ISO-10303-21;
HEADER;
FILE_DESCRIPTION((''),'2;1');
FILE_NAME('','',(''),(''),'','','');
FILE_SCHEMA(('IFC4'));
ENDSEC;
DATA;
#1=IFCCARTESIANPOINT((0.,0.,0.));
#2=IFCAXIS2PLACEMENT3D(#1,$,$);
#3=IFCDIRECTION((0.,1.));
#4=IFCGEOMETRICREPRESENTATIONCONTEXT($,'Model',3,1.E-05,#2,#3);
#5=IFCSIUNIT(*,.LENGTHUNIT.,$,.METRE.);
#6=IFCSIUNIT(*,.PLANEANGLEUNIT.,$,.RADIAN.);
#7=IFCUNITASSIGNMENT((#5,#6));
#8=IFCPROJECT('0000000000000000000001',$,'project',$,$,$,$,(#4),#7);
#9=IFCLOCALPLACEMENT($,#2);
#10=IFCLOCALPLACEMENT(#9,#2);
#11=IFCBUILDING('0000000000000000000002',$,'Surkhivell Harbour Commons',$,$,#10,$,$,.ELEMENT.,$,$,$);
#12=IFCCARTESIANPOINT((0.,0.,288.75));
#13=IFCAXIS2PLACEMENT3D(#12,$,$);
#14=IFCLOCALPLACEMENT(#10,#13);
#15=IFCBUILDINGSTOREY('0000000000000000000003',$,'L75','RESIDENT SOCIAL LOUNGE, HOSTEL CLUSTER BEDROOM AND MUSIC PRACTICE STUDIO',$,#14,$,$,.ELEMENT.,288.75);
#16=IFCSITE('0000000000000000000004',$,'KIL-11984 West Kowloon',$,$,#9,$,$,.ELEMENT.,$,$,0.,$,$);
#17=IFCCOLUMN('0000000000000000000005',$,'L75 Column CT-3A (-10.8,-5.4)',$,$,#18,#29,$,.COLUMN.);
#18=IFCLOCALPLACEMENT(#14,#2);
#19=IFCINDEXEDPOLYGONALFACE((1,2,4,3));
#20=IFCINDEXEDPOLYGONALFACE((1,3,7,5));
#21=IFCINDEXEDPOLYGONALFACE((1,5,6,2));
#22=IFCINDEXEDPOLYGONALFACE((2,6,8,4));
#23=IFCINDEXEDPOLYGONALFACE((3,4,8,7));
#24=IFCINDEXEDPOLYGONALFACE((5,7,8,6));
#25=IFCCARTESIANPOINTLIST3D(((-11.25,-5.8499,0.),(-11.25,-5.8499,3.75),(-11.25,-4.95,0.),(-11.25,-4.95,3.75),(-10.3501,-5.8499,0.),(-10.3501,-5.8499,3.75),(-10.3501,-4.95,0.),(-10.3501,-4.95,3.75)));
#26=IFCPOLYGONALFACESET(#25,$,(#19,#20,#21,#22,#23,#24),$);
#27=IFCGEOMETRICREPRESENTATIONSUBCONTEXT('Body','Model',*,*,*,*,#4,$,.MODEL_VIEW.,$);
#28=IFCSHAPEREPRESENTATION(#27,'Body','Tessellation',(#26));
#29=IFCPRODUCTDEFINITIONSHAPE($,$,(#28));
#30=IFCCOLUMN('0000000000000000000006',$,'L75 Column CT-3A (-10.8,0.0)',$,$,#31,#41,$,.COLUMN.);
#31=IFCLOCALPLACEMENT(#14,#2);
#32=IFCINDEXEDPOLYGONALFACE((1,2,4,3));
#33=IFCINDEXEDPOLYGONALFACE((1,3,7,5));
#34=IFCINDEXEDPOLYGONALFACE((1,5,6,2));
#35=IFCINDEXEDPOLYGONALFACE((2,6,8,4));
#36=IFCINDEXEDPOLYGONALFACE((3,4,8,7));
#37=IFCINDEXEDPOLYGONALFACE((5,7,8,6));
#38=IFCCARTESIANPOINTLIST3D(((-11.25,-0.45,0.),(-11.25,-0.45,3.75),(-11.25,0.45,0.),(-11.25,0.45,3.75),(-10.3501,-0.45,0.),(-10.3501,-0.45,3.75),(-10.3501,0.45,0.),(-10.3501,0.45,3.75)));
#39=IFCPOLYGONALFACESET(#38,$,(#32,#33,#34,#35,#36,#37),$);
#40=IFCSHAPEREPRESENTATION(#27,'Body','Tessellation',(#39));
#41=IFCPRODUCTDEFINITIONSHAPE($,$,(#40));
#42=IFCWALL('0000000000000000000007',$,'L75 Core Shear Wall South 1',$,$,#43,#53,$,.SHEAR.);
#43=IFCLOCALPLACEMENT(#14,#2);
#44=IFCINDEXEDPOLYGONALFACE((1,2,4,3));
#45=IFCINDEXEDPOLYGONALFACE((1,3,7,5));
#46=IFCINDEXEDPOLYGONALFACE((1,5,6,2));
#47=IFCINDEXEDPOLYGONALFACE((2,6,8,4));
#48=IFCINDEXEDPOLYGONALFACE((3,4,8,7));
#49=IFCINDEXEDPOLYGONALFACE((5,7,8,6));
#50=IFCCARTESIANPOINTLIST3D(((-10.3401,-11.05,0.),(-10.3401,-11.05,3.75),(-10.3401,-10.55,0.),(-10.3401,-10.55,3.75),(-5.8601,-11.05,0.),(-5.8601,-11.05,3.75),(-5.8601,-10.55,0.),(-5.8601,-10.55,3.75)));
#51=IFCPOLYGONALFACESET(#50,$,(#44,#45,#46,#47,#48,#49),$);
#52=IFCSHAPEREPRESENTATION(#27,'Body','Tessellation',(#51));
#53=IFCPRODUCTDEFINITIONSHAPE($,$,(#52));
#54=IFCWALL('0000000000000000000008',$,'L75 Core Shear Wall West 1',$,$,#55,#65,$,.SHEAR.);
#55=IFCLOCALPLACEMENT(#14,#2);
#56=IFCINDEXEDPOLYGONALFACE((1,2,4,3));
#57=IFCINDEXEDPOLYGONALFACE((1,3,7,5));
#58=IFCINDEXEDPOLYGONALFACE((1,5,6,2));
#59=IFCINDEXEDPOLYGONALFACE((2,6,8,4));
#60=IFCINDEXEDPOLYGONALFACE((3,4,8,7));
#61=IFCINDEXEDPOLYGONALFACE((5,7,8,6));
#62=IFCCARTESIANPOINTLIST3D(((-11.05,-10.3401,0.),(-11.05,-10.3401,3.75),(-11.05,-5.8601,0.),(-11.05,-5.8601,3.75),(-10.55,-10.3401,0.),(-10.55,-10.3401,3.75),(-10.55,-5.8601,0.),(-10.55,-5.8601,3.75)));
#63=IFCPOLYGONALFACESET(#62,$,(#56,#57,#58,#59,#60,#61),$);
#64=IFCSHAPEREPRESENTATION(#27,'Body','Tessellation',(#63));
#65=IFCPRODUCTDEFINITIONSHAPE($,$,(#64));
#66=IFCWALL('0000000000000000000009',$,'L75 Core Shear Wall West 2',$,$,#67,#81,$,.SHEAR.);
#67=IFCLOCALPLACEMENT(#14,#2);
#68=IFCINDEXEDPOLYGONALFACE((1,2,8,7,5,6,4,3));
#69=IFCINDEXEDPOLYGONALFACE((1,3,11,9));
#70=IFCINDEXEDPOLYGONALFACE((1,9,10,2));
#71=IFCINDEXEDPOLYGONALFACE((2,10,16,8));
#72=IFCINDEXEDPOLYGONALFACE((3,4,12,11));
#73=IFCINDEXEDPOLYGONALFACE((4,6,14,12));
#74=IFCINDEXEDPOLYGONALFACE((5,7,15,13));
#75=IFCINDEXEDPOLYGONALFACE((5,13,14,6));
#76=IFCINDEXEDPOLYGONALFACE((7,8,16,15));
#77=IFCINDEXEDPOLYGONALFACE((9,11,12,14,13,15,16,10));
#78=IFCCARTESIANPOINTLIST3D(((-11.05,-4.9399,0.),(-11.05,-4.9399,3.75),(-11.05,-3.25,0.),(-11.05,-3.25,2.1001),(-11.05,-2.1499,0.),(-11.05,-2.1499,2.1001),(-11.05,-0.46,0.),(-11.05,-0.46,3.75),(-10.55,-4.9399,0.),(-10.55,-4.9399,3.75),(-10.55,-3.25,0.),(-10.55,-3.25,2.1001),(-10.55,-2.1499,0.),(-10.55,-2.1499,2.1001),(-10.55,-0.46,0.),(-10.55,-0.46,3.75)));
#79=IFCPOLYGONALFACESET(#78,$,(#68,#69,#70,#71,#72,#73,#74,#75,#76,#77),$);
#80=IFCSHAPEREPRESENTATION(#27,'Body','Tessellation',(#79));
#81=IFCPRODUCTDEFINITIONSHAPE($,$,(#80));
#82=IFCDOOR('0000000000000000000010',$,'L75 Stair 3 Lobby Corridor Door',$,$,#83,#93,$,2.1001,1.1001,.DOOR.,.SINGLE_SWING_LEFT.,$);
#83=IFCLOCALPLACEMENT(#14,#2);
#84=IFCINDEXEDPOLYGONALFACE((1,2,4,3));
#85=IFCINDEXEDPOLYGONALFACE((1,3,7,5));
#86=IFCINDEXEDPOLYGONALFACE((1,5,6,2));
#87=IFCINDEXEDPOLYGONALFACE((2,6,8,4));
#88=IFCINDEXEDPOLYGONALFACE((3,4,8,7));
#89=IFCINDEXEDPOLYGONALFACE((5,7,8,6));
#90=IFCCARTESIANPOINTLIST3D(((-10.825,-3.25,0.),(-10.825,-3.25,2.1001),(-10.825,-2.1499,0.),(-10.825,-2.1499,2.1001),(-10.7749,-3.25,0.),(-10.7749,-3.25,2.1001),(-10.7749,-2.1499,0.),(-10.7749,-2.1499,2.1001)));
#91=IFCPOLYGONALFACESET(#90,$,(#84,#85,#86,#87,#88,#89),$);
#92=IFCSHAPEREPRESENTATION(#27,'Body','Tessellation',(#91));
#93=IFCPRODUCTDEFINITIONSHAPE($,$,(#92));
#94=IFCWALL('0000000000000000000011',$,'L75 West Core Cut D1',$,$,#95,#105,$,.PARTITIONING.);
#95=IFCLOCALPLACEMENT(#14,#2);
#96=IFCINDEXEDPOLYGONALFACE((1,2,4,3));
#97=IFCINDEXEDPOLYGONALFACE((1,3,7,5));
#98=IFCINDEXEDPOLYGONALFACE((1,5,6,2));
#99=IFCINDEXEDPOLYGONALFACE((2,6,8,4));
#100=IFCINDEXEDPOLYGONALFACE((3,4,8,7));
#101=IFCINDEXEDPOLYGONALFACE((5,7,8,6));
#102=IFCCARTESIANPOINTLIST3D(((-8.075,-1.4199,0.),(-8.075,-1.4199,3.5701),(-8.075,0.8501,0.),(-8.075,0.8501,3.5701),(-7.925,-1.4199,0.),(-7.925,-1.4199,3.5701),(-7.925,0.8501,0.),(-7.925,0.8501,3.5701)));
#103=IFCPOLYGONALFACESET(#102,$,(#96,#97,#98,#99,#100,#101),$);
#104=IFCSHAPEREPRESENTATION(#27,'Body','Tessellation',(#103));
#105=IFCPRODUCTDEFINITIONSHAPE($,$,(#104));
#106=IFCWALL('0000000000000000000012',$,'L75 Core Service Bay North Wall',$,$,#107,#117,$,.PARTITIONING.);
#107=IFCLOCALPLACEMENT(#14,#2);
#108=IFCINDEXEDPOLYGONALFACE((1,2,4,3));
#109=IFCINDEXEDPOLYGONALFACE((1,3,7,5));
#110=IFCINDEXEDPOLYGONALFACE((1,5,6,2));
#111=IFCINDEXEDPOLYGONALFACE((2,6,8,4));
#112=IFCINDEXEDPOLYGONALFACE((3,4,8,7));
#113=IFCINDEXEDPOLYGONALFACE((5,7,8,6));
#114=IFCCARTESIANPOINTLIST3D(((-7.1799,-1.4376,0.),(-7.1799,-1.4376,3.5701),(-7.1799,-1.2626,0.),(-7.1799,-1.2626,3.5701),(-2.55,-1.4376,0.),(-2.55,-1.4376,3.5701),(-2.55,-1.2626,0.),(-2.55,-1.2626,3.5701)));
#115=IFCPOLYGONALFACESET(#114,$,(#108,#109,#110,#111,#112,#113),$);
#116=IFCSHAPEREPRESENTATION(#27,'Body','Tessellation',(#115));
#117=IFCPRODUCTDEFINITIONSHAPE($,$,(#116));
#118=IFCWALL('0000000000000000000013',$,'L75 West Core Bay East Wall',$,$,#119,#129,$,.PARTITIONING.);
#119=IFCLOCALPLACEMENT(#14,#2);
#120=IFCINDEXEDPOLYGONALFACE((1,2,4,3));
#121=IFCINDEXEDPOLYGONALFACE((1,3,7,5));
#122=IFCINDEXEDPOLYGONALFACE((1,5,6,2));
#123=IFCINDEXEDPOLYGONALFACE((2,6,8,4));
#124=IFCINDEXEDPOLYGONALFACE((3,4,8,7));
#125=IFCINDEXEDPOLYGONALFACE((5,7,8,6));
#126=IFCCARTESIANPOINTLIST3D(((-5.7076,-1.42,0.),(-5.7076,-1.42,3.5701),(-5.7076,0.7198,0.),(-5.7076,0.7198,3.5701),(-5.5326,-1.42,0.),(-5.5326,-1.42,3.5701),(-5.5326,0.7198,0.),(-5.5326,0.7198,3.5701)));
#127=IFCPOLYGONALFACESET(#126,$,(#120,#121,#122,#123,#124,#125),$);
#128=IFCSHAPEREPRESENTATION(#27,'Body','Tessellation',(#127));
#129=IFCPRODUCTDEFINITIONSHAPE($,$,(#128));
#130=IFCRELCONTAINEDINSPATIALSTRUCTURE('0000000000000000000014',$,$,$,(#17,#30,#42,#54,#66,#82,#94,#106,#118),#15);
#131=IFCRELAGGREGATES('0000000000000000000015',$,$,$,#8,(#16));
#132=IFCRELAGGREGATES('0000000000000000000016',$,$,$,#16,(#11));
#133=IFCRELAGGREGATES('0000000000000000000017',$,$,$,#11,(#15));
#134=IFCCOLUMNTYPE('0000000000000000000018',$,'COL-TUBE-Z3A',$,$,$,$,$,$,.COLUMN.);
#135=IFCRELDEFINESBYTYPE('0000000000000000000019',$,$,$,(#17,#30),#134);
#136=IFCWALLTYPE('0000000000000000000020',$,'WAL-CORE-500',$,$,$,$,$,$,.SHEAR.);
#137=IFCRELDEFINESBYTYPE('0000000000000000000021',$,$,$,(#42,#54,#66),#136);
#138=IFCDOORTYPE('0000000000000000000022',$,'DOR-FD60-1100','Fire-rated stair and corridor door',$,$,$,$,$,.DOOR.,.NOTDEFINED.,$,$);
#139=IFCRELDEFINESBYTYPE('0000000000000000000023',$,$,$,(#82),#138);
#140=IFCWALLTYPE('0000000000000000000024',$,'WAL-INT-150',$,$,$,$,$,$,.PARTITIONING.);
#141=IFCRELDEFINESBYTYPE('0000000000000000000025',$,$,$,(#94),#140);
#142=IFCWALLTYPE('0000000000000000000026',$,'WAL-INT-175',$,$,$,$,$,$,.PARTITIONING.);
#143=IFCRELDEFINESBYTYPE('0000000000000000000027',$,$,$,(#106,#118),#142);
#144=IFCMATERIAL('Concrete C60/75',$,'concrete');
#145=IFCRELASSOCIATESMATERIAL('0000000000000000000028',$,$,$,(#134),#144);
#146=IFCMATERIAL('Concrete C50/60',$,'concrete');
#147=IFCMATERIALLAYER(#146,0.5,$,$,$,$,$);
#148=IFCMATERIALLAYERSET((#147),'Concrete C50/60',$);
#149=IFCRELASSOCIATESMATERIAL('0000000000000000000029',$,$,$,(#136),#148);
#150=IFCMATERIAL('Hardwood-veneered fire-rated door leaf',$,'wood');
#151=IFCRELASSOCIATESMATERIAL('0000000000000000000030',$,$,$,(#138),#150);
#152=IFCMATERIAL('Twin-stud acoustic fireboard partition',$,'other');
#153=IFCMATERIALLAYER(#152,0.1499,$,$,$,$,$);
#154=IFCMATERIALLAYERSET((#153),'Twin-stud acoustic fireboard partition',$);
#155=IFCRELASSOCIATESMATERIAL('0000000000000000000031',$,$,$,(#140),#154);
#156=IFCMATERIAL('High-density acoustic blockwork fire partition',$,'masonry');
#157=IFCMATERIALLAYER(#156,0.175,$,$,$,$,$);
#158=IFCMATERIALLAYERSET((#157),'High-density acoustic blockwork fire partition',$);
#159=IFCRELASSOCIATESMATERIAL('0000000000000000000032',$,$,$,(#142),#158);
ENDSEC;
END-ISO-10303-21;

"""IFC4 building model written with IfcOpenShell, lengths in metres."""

from ifc_helpers import new_model, si_unit, direction, frame, frame_2d, origin, origin_2d, place, context, subcontext, project, spatial, rectangle, extrude, material, layer, layer_set, material_profile, profile_set, type_object, element, fill, save


model = new_model("IFC4")

# Units and contexts
model_context = context("Model", 3, precision=1e-05, world=origin(), true_north=direction((0.0, 1.0)))
body_context = subcontext(model_context, "Body", "Model", "MODEL_VIEW")
ifc_project = project(units=[si_unit("LENGTHUNIT", "METRE"), si_unit("PLANEANGLEUNIT", "RADIAN")], contexts=[model_context])

# Site, building, storey
site_placement = place(None, origin())
site = spatial("IfcSite", under=ifc_project, at=site_placement, Name="KIL-11984 West Kowloon", CompositionType="ELEMENT", RefElevation=0.0)
building_placement = place(site_placement, origin())
building = spatial("IfcBuilding", under=site, at=building_placement, Name="Surkhivell Harbour Commons", CompositionType="ELEMENT")
storey_placement = place(building_placement, frame((0.0, 0.0, 288.75)))
storey = spatial("IfcBuildingStorey", under=building, at=storey_placement, Name="L75", Description="RESIDENT SOCIAL LOUNGE, HOSTEL CLUSTER BEDROOM AND MUSIC PRACTICE STUDIO", CompositionType="ELEMENT", Elevation=288.75)

# Columns
ifc_material_1 = material(Name="Concrete C60/75", Category="concrete")
ifc_material_profile = material_profile(ifc_material_1, rectangle(XDim=0.8999, YDim=0.8999, at=origin_2d()), Name="RC-COL-900x900")
ifc_profile_set = profile_set([ifc_material_profile], Name="Concrete C60/75")
column_type = type_object("IfcColumnType", Name="COL-TUBE-Z3A", PredefinedType="COLUMN", material=ifc_profile_set)
for number, where, z_axis, x_axis, name in (
    (1, (-10.8, -5.3999, 0.0), (0.0, 0.0, 1.0), (1.0, 0.0, 0.0), "L75 Column CT-3A (-10.8,-5.4)"),
    (2, (-10.8, 0.0, 0.0), (0.0, 0.0, 1.0), (1.0, 0.0, 0.0), "L75 Column CT-3A (-10.8,0.0)"),
):
    element("IfcColumn", number, at=place(storey_placement, frame(where, z_axis=z_axis, x_axis=x_axis)), inside=storey, type_object=column_type, Name=name, PredefinedType="COLUMN", context=body_context, shape_type="SweptSolid", body=[
        extrude(rectangle(XDim=0.8999, YDim=0.8999, at=origin_2d()), origin(), (0.0, 0.0, 1.0), 3.75),
    ])

# Walls
ifc_material_2 = material(Name="Concrete C50/60", Category="concrete")
ifc_layer_1 = layer(ifc_material_2, 0.5)
ifc_layer_set_1 = layer_set([ifc_layer_1], Name="Concrete C50/60")
wall_type_1 = type_object("IfcWallType", Name="WAL-CORE-500", PredefinedType="SHEAR", material=ifc_layer_set_1)
for number, where, z_axis, x_axis, name in (
    (3, (-10.3401, -10.8, 0.0), (0.0, 0.0, 1.0), (1.0, 0.0, 0.0), "L75 Core Shear Wall South 1"),
    (4, (-10.8, -10.3401, 0.0), (0.0, 0.0, 1.0), (0.0, 1.0, 0.0), "L75 Core Shear Wall West 1"),
):
    element("IfcWall", number, at=place(storey_placement, frame(where, z_axis=z_axis, x_axis=x_axis)), inside=storey, type_object=wall_type_1, Name=name, PredefinedType="SHEAR", context=body_context, shape_type="SweptSolid", body=[
        extrude(rectangle(XDim=4.48, YDim=0.5, at=frame_2d((2.24, 0.0))), origin(), (0.0, 0.0, 1.0), 3.75),
    ])

# Wall, opening, door
wall_1_placement = place(storey_placement, frame((-10.8, -4.9399, 0.0), z_axis=(0.0, 0.0, 1.0), x_axis=(0.0, 1.0, 0.0)))
wall_1 = element("IfcWall", 5, at=wall_1_placement, inside=storey, type_object=wall_type_1, Name="L75 Core Shear Wall West 2", PredefinedType="SHEAR", context=body_context, shape_type="SweptSolid", body=[
    extrude(rectangle(XDim=4.48, YDim=0.5, at=frame_2d((2.24, 0.0))), origin(), (0.0, 0.0, 1.0), 3.75),
])
opening_1_placement = place(wall_1_placement, frame((1.6899, 0.0, 0.0)))
opening_1 = element("IfcOpeningElement", 6, at=opening_1_placement, cuts=wall_1, PredefinedType="OPENING", context=body_context, shape_type="SweptSolid", body=[
    extrude(rectangle(XDim=1.1001, YDim=2.1001, at=frame_2d((0.55, 1.05))), frame((0.0, 0.26, 0.0), z_axis=(0.0, -1.0, 0.0), x_axis=(1.0, 0.0, 0.0)), (0.0, 0.0, 1.0), 0.52),
])
ifc_material_3 = material(Name="Hardwood-veneered fire-rated door leaf", Category="wood")
door_type_1 = type_object("IfcDoorType", Name="DOR-FD60-1100", Description="Fire-rated stair and corridor door", OperationType="NOTDEFINED", PredefinedType="DOOR", material=ifc_material_3)
door_1_placement = place(opening_1_placement, origin())
door_1 = element("IfcDoor", 7, at=door_1_placement, inside=storey, type_object=door_type_1, Name="L75 Stair 3 Lobby Corridor Door", OperationType="SINGLE_SWING_LEFT", OverallHeight=2.1001, OverallWidth=1.1001, PredefinedType="DOOR", context=body_context, shape_type="SweptSolid", body=[
    extrude(rectangle(XDim=1.1001, YDim=2.1001, at=frame_2d((0.55, 1.05))), frame((0.0, 0.0249, 0.0), z_axis=(0.0, -1.0, 0.0), x_axis=(1.0, 0.0, 0.0)), (0.0, 0.0, 1.0), 0.05),
])
fill(opening_1, door_1)

# Walls
ifc_material_4 = material(Name="Twin-stud acoustic fireboard partition", Category="other")
ifc_layer_2 = layer(ifc_material_4, 0.1499)
ifc_layer_set_2 = layer_set([ifc_layer_2], Name="Twin-stud acoustic fireboard partition")
wall_type_2 = type_object("IfcWallType", Name="WAL-INT-150", PredefinedType="PARTITIONING", material=ifc_layer_set_2)
wall_2_placement = place(storey_placement, frame((-8.0, -1.4199, 0.0), z_axis=(0.0, 0.0, 1.0), x_axis=(0.0, 1.0, 0.0)))
element("IfcWall", 8, at=wall_2_placement, inside=storey, type_object=wall_type_2, Name="L75 West Core Cut D1", PredefinedType="PARTITIONING", context=body_context, shape_type="SweptSolid", body=[
    extrude(rectangle(XDim=2.27, YDim=0.1499, at=frame_2d((1.135, 0.0))), origin(), (0.0, 0.0, 1.0), 3.5701),
])
ifc_material_5 = material(Name="High-density acoustic blockwork fire partition", Category="masonry")
ifc_layer_3 = layer(ifc_material_5, 0.175)
ifc_layer_set_3 = layer_set([ifc_layer_3], Name="High-density acoustic blockwork fire partition")
wall_type_3 = type_object("IfcWallType", Name="WAL-INT-175", PredefinedType="PARTITIONING", material=ifc_layer_set_3)
wall_3_placement = place(storey_placement, frame((-7.1799, -1.3501, 0.0), z_axis=(0.0, 0.0, 1.0), x_axis=(1.0, 0.0, 0.0)))
element("IfcWall", 9, at=wall_3_placement, inside=storey, type_object=wall_type_3, Name="L75 Core Service Bay North Wall", PredefinedType="PARTITIONING", context=body_context, shape_type="SweptSolid", body=[
    extrude(rectangle(XDim=4.6299, YDim=0.175, at=frame_2d((2.3149, 0.0))), origin(), (0.0, 0.0, 1.0), 3.5701),
])
wall_4_placement = place(storey_placement, frame((-5.6201, -1.4199, 0.0), z_axis=(0.0, 0.0, 1.0), x_axis=(0.0, 1.0, 0.0)))
element("IfcWall", 10, at=wall_4_placement, inside=storey, type_object=wall_type_3, Name="L75 West Core Bay East Wall", PredefinedType="PARTITIONING", context=body_context, shape_type="SweptSolid", body=[
    extrude(rectangle(XDim=2.1399, YDim=0.175, at=frame_2d((1.0698, 0.0))), origin(), (0.0, 0.0, 1.0), 3.5701),
])

save(model, "model.ifc")
